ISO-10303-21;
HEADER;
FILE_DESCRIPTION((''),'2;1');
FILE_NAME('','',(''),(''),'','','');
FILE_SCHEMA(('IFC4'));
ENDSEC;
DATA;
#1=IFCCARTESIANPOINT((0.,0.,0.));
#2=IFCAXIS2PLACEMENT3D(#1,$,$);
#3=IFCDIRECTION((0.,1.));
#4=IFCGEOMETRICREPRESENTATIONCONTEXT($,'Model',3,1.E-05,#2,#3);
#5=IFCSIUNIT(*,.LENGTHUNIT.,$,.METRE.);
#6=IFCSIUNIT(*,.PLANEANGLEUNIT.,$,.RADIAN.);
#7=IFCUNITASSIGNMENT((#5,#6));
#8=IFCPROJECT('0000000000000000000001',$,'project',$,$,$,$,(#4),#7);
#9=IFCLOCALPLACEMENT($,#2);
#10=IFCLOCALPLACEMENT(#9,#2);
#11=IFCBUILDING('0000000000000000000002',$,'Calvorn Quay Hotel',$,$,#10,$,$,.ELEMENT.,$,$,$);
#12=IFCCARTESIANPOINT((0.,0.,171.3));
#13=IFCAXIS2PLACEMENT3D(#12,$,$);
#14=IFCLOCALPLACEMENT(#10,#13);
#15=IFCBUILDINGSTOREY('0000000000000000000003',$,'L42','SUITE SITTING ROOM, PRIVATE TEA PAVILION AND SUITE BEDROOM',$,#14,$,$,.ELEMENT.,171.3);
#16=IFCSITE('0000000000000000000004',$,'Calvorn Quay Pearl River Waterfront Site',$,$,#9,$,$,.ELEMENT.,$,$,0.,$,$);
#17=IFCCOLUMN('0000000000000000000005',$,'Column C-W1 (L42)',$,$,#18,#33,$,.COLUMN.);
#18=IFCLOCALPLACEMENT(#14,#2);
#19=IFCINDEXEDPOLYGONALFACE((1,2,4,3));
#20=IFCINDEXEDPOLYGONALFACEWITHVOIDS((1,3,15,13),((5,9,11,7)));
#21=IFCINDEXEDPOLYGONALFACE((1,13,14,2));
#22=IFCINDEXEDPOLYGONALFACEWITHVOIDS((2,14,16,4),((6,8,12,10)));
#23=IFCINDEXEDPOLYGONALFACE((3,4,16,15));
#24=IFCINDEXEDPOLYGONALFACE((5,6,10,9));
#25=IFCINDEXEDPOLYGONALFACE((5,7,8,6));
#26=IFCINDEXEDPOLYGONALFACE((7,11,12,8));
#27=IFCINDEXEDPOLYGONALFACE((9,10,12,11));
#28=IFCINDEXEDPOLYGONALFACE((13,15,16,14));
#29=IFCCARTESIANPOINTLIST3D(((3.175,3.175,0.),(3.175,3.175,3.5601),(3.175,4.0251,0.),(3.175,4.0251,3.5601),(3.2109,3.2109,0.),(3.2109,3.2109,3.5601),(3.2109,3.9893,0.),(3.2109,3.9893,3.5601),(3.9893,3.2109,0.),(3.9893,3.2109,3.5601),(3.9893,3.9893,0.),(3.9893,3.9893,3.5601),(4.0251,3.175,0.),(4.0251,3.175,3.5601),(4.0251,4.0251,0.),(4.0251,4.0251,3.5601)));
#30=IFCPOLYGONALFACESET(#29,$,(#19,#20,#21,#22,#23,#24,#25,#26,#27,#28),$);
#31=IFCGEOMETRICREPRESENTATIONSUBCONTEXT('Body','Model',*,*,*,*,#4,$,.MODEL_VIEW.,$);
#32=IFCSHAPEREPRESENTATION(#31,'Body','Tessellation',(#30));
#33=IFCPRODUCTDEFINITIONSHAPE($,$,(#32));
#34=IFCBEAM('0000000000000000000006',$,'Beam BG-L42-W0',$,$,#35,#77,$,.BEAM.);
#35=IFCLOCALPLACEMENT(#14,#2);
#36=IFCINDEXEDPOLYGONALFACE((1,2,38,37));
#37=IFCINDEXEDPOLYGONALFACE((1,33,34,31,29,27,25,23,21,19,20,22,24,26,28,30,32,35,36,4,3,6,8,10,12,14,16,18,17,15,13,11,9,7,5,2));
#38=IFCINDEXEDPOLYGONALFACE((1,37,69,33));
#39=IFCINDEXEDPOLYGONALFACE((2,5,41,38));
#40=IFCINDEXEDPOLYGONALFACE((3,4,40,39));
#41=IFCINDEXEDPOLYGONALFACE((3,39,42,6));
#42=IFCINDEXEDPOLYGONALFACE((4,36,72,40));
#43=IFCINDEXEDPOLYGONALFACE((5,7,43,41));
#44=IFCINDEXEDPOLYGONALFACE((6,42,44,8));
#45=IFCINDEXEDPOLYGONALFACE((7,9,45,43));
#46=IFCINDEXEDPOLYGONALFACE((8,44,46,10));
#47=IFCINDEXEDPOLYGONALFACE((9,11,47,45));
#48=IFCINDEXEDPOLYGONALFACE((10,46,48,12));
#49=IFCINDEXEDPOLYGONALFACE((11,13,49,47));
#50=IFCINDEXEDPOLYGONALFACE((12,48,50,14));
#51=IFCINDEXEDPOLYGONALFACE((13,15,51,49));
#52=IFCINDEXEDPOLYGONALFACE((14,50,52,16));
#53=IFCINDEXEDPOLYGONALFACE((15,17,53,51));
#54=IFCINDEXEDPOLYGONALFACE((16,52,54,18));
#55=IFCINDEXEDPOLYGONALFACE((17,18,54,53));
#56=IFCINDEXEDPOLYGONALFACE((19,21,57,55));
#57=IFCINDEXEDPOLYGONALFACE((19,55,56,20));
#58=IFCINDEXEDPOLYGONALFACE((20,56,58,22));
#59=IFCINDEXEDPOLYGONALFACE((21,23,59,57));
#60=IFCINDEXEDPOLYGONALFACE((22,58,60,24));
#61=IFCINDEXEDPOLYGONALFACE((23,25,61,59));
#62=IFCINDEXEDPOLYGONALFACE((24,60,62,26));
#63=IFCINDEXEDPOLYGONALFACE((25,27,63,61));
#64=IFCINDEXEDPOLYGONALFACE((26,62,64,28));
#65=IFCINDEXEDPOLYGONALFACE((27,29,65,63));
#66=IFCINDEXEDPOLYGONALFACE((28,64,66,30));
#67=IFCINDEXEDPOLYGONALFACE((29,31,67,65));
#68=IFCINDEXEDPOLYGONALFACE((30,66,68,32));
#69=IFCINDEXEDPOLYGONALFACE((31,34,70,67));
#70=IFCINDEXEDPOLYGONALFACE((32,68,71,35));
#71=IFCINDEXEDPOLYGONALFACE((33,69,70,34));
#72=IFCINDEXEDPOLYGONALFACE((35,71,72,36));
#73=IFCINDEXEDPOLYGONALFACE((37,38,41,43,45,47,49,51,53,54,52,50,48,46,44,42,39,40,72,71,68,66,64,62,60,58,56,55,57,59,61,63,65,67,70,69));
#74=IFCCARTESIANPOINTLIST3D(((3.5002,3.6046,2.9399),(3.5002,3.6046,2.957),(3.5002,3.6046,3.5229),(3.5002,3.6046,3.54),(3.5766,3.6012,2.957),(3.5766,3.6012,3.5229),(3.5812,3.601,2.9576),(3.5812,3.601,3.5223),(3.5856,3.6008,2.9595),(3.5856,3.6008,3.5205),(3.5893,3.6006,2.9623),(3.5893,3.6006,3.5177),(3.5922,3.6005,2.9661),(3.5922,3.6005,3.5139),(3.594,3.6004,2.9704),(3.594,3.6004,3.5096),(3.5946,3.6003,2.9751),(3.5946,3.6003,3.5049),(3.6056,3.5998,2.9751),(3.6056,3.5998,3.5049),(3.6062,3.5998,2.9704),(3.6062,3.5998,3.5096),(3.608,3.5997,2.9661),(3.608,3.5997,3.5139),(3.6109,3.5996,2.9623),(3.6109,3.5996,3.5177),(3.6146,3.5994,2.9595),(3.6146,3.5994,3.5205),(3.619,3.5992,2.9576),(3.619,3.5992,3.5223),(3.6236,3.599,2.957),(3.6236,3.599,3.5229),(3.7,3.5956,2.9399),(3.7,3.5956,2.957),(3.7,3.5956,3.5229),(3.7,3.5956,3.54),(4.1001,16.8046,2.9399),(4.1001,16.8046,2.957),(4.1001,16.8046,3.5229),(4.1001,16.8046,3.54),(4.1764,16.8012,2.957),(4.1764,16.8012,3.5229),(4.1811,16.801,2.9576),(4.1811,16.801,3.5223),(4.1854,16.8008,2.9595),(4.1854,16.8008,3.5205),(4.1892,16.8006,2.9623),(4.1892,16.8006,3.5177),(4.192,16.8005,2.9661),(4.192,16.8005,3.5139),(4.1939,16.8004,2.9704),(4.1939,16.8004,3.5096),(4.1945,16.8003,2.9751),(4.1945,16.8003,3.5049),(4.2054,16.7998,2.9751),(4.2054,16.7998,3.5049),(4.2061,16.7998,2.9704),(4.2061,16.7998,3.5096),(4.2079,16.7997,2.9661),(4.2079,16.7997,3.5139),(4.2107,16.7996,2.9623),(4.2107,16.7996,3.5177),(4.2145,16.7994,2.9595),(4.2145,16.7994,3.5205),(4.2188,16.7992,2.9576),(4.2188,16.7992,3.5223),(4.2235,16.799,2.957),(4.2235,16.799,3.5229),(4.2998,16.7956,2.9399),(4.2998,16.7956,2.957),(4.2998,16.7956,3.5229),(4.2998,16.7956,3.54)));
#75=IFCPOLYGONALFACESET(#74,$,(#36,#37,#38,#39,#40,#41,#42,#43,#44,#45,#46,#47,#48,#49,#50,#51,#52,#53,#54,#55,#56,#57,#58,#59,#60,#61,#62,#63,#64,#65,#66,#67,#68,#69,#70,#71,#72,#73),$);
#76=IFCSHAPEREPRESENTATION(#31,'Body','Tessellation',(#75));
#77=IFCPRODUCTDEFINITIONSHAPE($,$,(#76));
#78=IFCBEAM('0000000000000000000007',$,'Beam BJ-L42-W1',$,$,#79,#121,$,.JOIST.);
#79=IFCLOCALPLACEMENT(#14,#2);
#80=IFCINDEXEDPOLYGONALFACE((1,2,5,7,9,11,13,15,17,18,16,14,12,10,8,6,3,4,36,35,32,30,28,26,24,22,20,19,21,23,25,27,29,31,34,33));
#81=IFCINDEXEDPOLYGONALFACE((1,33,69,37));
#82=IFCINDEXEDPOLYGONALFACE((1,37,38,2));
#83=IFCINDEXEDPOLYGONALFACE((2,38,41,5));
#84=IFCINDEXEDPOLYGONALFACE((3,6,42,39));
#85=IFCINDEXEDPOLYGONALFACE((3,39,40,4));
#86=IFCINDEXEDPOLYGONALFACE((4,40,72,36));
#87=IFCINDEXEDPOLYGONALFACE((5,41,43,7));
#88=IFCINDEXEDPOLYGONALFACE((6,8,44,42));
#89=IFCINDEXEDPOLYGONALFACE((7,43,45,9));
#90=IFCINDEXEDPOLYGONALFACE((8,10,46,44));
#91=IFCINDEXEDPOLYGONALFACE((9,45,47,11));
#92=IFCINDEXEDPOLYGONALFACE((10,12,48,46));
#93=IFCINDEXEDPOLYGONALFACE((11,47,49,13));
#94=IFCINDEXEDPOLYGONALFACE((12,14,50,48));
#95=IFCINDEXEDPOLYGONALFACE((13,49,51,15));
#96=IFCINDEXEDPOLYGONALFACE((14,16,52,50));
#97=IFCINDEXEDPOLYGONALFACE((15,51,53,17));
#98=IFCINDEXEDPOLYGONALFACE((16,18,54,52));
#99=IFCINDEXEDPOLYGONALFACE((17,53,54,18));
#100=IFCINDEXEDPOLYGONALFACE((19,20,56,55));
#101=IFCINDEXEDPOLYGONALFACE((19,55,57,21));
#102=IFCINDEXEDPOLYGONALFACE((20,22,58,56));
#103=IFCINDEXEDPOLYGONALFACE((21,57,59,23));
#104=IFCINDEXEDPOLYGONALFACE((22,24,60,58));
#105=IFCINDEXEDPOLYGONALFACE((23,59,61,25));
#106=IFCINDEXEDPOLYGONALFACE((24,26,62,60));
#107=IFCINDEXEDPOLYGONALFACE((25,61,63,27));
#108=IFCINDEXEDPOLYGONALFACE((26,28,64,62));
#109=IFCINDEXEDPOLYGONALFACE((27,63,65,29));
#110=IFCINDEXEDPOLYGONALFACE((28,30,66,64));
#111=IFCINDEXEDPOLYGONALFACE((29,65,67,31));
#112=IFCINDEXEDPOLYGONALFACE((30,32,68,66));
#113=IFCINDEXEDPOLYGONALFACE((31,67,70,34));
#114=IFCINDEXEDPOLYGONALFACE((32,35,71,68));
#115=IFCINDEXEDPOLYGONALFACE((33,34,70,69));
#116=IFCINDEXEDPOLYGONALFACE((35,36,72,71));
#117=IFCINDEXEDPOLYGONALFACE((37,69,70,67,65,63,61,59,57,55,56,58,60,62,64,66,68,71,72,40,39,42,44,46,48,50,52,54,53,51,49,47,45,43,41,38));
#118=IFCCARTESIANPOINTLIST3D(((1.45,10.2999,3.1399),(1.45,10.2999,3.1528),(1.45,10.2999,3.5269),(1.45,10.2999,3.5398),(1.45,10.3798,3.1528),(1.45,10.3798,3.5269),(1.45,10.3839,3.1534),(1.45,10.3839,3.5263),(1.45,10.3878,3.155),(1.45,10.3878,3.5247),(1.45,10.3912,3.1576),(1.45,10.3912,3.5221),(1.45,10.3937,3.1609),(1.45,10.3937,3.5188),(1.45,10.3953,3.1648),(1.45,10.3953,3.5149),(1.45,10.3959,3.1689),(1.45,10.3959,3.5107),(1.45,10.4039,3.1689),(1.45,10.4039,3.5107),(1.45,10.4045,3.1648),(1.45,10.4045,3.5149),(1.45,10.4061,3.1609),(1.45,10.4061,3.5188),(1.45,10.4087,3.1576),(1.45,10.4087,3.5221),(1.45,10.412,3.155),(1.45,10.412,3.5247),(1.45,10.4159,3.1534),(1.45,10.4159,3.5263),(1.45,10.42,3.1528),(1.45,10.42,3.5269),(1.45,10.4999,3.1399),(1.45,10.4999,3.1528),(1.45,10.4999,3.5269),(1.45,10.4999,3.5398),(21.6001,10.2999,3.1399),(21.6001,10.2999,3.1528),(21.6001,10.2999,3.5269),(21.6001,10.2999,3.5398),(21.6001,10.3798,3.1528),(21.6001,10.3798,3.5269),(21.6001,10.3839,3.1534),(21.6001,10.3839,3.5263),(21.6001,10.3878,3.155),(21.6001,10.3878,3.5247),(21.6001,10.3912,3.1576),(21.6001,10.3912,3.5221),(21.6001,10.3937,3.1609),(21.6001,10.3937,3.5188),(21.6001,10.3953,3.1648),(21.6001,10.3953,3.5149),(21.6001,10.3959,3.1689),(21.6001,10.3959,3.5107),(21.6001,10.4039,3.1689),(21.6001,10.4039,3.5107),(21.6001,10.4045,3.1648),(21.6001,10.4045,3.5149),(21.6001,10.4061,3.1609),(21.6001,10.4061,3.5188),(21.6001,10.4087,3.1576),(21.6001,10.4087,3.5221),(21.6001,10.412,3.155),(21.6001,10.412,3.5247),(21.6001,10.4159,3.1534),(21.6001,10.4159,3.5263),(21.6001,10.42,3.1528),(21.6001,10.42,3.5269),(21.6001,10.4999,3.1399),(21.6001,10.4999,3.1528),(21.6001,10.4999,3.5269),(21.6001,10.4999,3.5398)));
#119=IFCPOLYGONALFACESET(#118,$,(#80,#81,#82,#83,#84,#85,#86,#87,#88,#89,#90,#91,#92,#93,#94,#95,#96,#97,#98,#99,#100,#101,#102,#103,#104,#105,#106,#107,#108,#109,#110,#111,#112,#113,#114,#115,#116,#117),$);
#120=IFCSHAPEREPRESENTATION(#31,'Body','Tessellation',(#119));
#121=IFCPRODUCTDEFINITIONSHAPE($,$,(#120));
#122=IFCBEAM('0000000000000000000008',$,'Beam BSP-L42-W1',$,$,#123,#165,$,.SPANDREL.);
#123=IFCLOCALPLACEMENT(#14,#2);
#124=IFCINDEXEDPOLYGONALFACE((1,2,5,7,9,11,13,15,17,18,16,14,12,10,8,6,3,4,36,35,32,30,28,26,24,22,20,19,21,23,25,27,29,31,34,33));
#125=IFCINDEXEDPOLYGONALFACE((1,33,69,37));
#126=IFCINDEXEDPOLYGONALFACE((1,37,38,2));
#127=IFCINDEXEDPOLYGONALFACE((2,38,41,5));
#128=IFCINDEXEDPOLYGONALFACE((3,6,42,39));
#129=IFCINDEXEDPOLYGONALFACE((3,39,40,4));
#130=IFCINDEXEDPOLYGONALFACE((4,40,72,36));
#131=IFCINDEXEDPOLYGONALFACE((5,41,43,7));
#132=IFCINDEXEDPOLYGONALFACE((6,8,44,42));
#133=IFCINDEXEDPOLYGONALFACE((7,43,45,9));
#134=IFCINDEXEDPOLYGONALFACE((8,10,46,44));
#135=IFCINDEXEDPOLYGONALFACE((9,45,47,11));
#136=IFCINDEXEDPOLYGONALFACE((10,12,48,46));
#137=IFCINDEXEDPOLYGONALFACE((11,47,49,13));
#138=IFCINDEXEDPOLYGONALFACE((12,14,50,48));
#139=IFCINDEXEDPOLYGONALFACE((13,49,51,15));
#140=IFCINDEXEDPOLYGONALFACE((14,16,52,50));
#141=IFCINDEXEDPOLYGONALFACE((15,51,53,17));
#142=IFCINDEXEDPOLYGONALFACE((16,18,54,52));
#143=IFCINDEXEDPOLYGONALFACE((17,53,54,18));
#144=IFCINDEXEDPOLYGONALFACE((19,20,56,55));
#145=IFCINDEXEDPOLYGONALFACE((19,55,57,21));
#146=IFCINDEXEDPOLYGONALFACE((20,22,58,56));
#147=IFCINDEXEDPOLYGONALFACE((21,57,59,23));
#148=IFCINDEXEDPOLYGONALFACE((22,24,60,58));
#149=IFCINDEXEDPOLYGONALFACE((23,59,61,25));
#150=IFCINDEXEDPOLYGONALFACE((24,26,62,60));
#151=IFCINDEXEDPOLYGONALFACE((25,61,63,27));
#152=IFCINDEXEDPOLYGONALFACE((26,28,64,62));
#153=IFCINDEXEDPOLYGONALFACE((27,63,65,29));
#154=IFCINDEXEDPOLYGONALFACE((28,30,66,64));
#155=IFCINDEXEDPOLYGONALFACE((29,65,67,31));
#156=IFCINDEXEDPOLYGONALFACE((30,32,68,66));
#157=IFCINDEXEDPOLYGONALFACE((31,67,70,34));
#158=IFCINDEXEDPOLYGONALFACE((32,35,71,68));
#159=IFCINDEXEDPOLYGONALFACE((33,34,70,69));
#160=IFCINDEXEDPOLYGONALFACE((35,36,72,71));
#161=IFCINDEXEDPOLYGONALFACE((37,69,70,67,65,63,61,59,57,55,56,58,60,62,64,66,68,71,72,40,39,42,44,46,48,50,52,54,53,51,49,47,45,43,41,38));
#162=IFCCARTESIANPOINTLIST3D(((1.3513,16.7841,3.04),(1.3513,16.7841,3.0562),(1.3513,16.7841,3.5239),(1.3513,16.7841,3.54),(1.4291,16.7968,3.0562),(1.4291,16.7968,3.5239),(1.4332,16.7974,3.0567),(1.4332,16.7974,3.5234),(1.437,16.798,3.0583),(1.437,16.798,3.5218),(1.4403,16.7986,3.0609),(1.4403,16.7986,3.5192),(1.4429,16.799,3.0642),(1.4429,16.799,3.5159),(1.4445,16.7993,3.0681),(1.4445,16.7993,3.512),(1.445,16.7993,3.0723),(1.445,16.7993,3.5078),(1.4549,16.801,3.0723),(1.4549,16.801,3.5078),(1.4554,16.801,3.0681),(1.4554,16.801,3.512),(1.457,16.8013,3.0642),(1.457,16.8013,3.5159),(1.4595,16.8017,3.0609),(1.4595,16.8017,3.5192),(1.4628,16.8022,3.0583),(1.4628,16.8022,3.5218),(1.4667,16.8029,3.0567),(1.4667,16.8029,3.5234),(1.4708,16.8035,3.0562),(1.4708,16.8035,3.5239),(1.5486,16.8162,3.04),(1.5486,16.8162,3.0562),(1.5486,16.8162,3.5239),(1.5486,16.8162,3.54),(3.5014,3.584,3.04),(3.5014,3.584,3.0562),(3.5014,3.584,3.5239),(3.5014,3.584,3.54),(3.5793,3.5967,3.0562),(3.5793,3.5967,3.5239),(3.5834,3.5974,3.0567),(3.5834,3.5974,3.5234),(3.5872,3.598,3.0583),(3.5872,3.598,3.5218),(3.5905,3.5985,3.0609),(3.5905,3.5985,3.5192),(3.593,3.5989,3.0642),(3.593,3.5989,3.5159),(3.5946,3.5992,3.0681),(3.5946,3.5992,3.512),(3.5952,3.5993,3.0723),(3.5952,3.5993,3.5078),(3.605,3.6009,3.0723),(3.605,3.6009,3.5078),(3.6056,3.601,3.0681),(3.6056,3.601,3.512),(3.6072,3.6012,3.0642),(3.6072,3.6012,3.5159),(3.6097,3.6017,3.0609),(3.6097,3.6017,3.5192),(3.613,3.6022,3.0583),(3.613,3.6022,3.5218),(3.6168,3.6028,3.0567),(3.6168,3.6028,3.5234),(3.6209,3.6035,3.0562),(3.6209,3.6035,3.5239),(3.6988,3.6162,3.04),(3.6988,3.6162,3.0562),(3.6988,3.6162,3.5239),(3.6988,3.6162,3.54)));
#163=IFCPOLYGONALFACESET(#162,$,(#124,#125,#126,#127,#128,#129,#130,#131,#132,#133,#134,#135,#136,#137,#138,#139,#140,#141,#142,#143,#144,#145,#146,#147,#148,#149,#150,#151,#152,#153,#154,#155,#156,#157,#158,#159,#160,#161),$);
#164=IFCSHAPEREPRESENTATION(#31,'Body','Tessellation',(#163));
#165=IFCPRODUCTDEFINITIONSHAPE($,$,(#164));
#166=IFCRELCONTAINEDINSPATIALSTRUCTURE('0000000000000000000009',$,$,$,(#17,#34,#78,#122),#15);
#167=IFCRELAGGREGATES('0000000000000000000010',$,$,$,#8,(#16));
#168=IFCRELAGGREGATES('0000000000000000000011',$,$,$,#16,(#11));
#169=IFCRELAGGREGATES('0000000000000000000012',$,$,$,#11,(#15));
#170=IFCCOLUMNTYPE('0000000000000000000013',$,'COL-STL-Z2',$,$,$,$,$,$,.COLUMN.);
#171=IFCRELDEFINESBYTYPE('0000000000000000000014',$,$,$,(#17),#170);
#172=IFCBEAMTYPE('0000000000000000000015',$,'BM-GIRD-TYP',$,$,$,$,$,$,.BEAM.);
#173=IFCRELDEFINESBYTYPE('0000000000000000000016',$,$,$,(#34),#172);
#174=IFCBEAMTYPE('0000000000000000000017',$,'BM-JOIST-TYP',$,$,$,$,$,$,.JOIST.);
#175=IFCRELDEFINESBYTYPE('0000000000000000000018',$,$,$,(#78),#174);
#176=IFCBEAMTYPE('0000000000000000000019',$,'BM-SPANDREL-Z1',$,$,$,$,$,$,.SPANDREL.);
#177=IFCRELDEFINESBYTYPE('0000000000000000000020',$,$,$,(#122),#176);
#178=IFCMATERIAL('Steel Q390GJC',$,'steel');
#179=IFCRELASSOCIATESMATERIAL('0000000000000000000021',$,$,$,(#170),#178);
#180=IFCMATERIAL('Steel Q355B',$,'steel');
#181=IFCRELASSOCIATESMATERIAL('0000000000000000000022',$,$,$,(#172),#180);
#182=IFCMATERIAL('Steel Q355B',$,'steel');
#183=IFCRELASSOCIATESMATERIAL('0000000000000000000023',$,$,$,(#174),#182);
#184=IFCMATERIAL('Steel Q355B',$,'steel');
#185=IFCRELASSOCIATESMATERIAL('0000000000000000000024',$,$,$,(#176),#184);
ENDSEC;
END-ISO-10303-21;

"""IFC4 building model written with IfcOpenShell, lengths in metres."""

from ifc_helpers import new_model, si_unit, direction, frame, origin, origin_2d, place, context, subcontext, project, spatial, hollow_rectangle, i_section, extrude, material, material_profile, profile_set, type_object, element, save


model = new_model("IFC4")

# Units and contexts
model_context = context("Model", 3, precision=1e-05, world=origin(), true_north=direction((0.0, 1.0)))
body_context = subcontext(model_context, "Body", "Model", "MODEL_VIEW")
ifc_project = project(units=[si_unit("LENGTHUNIT", "METRE"), si_unit("PLANEANGLEUNIT", "RADIAN")], contexts=[model_context])

# Site, building, storey
site_placement = place(None, origin())
site = spatial("IfcSite", under=ifc_project, at=site_placement, Name="Calvorn Quay Pearl River Waterfront Site", CompositionType="ELEMENT", RefElevation=0.0)
building_placement = place(site_placement, origin())
building = spatial("IfcBuilding", under=site, at=building_placement, Name="Calvorn Quay Hotel", CompositionType="ELEMENT")
storey_placement = place(building_placement, frame((0.0, 0.0, 171.3)))
storey = spatial("IfcBuildingStorey", under=building, at=storey_placement, Name="L42", Description="SUITE SITTING ROOM, PRIVATE TEA PAVILION AND SUITE BEDROOM", CompositionType="ELEMENT", Elevation=171.3)

# Column
ifc_material_1 = material(Name="Steel Q390GJC", Category="steel")
ifc_material_profile_1 = material_profile(ifc_material_1, hollow_rectangle(XDim=0.8501, YDim=0.8501, WallThickness=0.0359, at=origin_2d()), Name="BOX850x850x36")
ifc_profile_set_1 = profile_set([ifc_material_profile_1], Name="Steel Q390GJC")
column_type = type_object("IfcColumnType", Name="COL-STL-Z2", PredefinedType="COLUMN", material=ifc_profile_set_1)
column_placement = place(storey_placement, frame((3.6001, 3.6001, 0.0), z_axis=(0.0, 0.0, 1.0), x_axis=(1.0, 0.0, 0.0)))
element("IfcColumn", 1, at=column_placement, inside=storey, type_object=column_type, Name="Column C-W1 (L42)", PredefinedType="COLUMN", context=body_context, shape_type="SweptSolid", body=[
    extrude(hollow_rectangle(XDim=0.8501, YDim=0.8501, WallThickness=0.0359, at=origin_2d()), origin(), (0.0, 0.0, 1.0), 3.5601),
])

# Beams
ifc_material_2 = material(Name="Steel Q355B", Category="steel")
ifc_material_profile_2 = material_profile(ifc_material_2, i_section(OverallWidth=0.2, OverallDepth=0.6001, WebThickness=0.011, FlangeThickness=0.0171, FilletRadius=0.0181, at=origin_2d()), Name="HN600x200x11x17")
ifc_profile_set_2 = profile_set([ifc_material_profile_2], Name="Steel Q355B")
beam_type_1 = type_object("IfcBeamType", Name="BM-GIRD-TYP", PredefinedType="BEAM", material=ifc_profile_set_2)
beam_1_placement = place(storey_placement, frame((3.6001, 3.6001, 3.24), z_axis=(0.045397, 0.998969, 0.0), x_axis=(-0.998969, 0.045397, 0.0)))
element("IfcBeam", 2, at=beam_1_placement, inside=storey, type_object=beam_type_1, Name="Beam BG-L42-W0", PredefinedType="BEAM", context=body_context, shape_type="SweptSolid", body=[
    extrude(i_section(OverallWidth=0.2, OverallDepth=0.6001, WebThickness=0.011, FlangeThickness=0.0171, FilletRadius=0.0181, at=origin_2d()), origin(), (0.0, 0.0, 1.0), 13.2136),
])
ifc_material_3 = material(Name="Steel Q355B", Category="steel")
ifc_material_profile_3 = material_profile(ifc_material_3, i_section(OverallWidth=0.2, OverallDepth=0.3999, WebThickness=0.0081, FlangeThickness=0.0129, FilletRadius=0.0161, at=origin_2d()), Name="HN400x200x8x13")
ifc_profile_set_3 = profile_set([ifc_material_profile_3], Name="Steel Q355B")
beam_type_2 = type_object("IfcBeamType", Name="BM-JOIST-TYP", PredefinedType="JOIST", material=ifc_profile_set_3)
beam_2_placement = place(storey_placement, frame((1.45, 10.3999, 3.3398), z_axis=(1.0, 0.0, 0.0), x_axis=(0.0, 1.0, 0.0)))
element("IfcBeam", 3, at=beam_2_placement, inside=storey, type_object=beam_type_2, Name="Beam BJ-L42-W1", PredefinedType="JOIST", context=body_context, shape_type="SweptSolid", body=[
    extrude(i_section(OverallWidth=0.2, OverallDepth=0.3999, WebThickness=0.0081, FlangeThickness=0.0129, FilletRadius=0.0161, at=origin_2d()), origin(), (0.0, 0.0, 1.0), 20.1501),
])
ifc_material_4 = material(Name="Steel Q355B", Category="steel")
ifc_material_profile_4 = material_profile(ifc_material_4, i_section(OverallWidth=0.2, OverallDepth=0.5, WebThickness=0.01, FlangeThickness=0.0161, FilletRadius=0.0161, at=origin_2d()), Name="HN500x200x10x16")
ifc_profile_set_4 = profile_set([ifc_material_profile_4], Name="Steel Q355B")
beam_type_3 = type_object("IfcBeamType", Name="BM-SPANDREL-Z1", PredefinedType="SPANDREL", material=ifc_profile_set_4)
beam_3_placement = place(storey_placement, frame((3.6001, 3.6001, 3.29), z_axis=(-0.160772, 0.986992, 0.0), x_axis=(-0.986992, -0.160772, 0.0)))
element("IfcBeam", 4, at=beam_3_placement, inside=storey, type_object=beam_type_3, Name="Beam BSP-L42-W1", PredefinedType="SPANDREL", context=body_context, shape_type="SweptSolid", body=[
    extrude(i_section(OverallWidth=0.2, OverallDepth=0.5, WebThickness=0.01, FlangeThickness=0.0161, FilletRadius=0.0161, at=origin_2d()), origin(), (0.0, 0.0, 1.0), 13.374),
])

save(model, "model.ifc")
